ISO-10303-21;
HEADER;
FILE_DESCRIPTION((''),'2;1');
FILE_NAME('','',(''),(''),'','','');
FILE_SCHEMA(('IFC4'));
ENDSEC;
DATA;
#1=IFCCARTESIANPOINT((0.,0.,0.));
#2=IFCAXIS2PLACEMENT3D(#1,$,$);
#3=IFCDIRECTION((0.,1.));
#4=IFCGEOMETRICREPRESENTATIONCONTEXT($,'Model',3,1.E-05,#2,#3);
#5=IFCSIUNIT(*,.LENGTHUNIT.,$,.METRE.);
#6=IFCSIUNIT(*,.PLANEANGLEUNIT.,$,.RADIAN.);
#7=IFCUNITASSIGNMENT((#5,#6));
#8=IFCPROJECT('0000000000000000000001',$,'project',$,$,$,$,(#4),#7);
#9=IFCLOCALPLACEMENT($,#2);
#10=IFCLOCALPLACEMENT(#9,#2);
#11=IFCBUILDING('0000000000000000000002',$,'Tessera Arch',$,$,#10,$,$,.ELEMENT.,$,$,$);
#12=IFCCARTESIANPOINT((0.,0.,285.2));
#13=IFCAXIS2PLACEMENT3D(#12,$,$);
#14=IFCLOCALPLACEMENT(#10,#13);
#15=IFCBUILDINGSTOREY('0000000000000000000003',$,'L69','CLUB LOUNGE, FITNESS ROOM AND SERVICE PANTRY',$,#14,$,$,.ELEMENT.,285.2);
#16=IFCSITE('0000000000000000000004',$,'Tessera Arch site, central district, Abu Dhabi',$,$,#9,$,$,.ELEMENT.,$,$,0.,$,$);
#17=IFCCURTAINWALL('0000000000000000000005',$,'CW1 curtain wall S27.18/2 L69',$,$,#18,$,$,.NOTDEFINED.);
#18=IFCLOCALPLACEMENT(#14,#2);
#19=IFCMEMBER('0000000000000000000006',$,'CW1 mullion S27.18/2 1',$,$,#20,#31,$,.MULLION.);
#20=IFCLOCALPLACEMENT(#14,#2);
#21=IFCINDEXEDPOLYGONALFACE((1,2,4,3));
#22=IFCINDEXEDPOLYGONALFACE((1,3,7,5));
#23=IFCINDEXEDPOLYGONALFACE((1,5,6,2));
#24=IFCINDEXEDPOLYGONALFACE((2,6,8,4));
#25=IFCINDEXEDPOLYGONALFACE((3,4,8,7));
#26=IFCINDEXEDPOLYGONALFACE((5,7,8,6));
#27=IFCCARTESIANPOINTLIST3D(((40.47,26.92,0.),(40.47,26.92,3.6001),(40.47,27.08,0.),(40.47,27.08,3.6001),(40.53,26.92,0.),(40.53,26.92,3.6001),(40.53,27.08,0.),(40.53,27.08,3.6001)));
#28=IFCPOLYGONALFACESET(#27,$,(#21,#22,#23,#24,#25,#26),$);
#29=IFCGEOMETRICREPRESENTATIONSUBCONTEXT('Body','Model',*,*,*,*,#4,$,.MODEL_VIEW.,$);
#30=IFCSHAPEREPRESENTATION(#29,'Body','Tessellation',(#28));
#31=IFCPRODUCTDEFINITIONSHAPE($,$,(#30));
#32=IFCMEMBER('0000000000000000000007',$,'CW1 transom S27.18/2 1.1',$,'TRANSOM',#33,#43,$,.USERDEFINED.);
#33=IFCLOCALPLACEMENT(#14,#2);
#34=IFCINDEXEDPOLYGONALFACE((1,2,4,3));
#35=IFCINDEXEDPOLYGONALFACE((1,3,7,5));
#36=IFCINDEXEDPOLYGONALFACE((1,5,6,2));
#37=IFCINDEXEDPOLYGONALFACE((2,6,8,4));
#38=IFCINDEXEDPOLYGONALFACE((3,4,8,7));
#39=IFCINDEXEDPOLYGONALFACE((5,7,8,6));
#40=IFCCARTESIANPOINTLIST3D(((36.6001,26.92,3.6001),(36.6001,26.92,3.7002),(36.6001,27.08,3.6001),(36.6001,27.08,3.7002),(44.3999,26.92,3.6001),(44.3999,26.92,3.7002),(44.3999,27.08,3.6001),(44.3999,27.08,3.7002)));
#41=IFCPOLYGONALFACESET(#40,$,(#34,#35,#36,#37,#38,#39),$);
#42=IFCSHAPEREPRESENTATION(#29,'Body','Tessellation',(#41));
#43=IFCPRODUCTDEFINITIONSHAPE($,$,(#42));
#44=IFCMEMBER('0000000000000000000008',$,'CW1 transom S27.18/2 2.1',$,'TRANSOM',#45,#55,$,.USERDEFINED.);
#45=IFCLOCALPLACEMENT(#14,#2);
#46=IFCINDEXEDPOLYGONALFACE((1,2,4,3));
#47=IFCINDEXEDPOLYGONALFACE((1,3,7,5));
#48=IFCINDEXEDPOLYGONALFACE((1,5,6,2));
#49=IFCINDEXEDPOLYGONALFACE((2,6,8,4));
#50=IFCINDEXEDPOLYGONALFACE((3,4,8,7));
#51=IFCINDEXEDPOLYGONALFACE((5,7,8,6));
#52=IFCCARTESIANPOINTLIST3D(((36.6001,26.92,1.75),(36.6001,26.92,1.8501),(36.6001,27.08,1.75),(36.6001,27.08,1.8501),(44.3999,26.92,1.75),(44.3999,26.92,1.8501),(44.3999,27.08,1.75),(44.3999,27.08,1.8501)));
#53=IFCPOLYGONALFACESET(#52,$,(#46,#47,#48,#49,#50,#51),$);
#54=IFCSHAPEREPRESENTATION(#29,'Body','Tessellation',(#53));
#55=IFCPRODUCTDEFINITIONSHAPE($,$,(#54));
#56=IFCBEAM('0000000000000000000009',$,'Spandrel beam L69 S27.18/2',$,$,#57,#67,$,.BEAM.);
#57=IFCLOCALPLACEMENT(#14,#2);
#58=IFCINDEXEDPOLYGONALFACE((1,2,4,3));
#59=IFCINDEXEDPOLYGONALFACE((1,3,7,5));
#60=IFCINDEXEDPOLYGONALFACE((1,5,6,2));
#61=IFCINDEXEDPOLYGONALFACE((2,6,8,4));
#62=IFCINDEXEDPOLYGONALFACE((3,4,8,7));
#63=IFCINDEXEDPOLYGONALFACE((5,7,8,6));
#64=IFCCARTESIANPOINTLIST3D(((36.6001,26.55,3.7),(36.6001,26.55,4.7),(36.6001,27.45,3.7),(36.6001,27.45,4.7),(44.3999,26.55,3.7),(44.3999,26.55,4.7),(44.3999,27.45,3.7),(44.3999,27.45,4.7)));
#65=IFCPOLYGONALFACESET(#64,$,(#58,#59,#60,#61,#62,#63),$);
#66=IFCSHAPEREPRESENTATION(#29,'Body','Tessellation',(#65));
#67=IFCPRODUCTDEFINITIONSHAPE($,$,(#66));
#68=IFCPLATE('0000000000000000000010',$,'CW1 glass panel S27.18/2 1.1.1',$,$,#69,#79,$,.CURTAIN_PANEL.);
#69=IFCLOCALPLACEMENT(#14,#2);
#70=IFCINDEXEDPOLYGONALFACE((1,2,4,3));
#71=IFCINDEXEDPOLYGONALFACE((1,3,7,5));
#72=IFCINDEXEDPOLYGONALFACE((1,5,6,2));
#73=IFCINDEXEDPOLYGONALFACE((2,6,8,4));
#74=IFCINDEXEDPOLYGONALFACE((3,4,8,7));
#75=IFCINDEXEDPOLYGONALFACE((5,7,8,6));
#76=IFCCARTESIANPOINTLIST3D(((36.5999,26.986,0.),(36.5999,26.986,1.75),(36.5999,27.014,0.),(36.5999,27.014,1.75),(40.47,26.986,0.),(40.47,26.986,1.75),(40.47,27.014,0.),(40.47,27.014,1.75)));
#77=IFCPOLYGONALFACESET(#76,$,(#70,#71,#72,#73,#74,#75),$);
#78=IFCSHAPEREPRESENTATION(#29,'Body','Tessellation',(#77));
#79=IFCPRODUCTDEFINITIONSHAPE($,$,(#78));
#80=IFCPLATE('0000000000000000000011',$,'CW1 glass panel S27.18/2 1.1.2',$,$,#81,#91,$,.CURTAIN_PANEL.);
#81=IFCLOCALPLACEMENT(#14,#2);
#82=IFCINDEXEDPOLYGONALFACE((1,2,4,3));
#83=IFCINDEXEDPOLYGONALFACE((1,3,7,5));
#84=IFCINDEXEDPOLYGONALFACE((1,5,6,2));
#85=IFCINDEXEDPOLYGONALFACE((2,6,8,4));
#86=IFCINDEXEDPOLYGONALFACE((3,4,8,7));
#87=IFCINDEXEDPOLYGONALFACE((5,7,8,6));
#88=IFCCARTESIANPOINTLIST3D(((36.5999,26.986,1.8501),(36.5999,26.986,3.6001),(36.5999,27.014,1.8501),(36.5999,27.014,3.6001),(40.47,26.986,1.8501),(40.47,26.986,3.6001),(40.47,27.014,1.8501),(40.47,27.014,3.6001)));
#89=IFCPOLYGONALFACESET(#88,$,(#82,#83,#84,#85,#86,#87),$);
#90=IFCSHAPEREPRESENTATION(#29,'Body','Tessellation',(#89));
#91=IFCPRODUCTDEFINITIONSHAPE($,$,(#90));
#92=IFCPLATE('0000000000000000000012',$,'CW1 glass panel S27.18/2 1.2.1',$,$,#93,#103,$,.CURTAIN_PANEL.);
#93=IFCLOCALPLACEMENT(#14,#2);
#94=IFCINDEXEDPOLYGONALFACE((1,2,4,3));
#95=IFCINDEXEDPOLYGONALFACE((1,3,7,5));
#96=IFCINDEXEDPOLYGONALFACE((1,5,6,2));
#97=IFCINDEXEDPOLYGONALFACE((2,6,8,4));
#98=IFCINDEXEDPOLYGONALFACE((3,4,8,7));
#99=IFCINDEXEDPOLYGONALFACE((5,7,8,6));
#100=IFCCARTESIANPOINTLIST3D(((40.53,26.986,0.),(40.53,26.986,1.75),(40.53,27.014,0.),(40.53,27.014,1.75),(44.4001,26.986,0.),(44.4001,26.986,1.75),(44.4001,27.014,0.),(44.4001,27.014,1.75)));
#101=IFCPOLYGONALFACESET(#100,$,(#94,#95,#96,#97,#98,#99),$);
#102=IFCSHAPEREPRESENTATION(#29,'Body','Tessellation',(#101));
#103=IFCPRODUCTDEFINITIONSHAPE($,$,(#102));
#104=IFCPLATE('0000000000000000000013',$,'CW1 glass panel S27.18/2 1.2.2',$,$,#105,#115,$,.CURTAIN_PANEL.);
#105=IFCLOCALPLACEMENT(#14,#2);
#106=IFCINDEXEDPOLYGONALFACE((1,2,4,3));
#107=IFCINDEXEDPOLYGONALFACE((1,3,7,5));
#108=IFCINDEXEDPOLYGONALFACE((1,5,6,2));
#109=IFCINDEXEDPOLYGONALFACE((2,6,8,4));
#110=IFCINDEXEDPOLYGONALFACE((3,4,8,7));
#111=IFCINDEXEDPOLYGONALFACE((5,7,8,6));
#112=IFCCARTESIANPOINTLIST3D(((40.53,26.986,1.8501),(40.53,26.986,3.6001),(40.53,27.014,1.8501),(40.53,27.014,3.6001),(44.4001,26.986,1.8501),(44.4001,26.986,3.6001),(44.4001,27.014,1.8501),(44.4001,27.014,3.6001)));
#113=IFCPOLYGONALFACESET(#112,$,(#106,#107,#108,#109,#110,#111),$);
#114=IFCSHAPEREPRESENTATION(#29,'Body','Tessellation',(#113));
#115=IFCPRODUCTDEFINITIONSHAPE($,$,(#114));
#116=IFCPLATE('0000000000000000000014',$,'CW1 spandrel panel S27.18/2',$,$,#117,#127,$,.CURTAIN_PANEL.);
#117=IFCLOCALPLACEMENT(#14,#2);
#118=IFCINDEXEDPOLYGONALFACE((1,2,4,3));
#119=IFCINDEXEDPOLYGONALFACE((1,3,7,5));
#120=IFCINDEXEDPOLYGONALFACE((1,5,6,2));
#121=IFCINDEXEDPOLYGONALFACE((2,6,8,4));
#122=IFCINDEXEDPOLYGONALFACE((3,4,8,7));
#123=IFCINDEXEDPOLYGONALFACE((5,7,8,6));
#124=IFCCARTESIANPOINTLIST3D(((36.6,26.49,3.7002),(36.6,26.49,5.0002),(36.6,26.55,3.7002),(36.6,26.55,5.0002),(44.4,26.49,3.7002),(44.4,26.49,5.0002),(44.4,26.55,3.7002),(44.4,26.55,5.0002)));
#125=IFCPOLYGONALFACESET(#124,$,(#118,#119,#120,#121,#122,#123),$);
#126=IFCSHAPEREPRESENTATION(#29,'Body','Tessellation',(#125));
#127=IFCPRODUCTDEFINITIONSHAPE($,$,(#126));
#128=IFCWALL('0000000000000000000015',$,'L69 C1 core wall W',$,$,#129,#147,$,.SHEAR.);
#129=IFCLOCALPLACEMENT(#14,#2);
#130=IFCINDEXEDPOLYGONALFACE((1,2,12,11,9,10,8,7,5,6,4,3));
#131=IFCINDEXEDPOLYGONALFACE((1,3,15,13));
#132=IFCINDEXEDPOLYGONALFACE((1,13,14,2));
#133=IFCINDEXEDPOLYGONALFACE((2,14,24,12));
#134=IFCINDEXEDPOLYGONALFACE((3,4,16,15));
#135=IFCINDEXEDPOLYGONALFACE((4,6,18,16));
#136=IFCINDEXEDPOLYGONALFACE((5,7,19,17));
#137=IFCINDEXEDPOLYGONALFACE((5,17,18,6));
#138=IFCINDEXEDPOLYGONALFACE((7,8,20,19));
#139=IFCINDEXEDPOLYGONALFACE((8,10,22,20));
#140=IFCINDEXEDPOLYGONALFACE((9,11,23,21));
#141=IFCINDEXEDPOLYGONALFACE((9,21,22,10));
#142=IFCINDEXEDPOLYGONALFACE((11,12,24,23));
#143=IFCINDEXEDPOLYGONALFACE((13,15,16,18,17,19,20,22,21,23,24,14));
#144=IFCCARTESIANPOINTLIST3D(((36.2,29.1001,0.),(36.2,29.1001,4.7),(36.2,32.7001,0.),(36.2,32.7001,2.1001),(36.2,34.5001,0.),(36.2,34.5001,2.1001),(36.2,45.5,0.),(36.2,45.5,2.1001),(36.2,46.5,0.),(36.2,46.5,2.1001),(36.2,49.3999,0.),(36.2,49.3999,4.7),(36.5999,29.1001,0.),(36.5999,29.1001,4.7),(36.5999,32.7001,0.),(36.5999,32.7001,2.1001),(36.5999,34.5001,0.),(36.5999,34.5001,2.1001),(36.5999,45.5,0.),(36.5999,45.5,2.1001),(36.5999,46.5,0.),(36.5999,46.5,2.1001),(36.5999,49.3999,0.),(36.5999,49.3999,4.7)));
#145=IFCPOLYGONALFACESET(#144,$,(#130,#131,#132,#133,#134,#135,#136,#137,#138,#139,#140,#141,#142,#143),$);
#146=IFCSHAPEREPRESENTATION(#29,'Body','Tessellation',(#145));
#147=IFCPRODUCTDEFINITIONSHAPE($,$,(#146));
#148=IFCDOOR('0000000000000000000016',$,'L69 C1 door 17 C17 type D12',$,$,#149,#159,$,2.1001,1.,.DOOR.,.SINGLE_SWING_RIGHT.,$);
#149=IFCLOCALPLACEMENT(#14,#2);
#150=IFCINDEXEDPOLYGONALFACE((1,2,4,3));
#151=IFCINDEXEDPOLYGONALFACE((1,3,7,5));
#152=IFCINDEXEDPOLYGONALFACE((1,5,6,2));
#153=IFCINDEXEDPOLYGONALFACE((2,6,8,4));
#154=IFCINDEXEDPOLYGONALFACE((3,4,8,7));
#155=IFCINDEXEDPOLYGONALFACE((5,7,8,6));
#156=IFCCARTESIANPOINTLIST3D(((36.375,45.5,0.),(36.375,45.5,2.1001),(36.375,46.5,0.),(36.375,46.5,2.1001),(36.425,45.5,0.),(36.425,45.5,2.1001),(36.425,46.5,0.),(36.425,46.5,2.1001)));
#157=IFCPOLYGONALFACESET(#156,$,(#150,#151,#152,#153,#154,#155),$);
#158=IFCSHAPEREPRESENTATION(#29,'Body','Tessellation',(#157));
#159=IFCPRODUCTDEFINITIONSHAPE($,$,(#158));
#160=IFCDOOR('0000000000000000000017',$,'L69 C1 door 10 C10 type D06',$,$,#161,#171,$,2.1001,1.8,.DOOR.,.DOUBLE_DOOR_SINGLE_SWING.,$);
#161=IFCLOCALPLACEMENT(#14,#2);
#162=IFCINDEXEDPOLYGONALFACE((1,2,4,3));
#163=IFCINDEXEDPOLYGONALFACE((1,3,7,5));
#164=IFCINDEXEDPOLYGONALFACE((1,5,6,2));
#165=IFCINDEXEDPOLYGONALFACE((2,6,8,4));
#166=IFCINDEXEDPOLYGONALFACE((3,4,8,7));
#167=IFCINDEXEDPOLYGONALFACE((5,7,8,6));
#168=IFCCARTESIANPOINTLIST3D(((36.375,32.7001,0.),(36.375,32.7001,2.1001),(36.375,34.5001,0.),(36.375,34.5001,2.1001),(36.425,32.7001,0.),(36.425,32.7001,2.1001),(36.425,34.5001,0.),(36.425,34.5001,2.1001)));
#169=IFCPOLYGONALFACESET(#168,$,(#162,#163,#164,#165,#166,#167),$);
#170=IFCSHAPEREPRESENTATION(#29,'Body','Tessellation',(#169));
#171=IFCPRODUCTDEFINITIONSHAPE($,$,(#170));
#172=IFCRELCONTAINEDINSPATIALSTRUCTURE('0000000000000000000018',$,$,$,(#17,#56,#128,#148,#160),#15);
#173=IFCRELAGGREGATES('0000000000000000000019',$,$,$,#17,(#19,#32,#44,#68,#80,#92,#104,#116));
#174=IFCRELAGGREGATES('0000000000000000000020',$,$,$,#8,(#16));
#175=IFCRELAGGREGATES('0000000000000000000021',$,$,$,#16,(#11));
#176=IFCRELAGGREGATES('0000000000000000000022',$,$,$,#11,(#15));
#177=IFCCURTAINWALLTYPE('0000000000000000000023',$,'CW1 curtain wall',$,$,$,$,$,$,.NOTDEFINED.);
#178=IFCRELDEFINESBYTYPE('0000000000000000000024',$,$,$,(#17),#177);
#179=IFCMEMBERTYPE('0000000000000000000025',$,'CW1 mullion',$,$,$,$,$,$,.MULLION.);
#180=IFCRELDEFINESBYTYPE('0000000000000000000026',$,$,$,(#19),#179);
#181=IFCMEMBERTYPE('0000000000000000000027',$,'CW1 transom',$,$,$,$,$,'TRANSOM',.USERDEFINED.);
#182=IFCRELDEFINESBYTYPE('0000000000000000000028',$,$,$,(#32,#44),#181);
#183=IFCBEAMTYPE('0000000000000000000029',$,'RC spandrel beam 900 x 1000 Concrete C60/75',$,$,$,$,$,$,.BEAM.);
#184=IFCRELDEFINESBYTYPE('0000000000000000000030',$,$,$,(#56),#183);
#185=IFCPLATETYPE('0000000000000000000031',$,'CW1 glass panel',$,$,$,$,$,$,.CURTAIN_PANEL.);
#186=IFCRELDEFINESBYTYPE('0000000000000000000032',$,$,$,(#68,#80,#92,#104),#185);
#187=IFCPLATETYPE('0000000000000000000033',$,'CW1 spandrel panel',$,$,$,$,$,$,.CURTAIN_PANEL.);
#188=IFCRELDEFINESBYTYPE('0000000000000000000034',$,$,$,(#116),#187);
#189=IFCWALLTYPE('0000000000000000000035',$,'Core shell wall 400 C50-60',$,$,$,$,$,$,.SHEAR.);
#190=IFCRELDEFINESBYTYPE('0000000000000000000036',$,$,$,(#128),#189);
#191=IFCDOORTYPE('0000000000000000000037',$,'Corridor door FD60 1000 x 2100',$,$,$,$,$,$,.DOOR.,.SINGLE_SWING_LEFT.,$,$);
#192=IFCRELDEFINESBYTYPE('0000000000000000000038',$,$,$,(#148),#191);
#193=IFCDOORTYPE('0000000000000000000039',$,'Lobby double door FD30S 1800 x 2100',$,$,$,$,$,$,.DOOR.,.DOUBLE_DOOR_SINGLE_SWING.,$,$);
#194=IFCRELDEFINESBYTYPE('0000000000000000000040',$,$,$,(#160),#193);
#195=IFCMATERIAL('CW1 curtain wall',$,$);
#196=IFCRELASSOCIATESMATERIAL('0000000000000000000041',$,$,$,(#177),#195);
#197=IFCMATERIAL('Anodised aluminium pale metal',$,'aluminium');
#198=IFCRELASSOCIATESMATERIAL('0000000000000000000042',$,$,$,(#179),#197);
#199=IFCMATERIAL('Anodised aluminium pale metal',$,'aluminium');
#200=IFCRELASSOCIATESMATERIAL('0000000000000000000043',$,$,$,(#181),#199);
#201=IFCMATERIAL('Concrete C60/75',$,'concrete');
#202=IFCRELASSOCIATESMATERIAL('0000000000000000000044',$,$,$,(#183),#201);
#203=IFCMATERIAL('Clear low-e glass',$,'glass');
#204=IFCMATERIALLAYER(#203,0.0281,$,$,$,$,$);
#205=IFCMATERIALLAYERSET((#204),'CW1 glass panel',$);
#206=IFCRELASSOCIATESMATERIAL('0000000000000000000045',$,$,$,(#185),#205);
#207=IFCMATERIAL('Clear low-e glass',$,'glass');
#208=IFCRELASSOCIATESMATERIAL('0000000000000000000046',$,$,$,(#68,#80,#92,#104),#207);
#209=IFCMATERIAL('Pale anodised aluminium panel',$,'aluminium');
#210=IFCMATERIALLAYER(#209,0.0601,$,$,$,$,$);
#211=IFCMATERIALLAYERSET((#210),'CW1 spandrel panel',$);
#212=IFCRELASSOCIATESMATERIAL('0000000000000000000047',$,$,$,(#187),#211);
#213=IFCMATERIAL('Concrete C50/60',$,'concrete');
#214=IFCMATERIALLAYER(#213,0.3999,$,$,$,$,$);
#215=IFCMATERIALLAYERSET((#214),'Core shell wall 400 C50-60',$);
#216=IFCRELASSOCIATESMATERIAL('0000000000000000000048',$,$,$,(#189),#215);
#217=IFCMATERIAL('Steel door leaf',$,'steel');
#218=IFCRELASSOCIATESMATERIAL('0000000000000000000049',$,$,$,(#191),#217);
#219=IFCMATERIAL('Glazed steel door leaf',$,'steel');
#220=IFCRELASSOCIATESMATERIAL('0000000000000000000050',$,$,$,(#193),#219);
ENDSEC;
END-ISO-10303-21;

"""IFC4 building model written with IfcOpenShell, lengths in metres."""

from ifc_helpers import new_model, si_unit, direction, frame, frame_2d, origin, origin_2d, place, context, subcontext, project, spatial, rectangle, extrude, material, layer, layer_set, material_profile, profile_set, type_object, element, fill, aggregate, save


model = new_model("IFC4")

# Units and contexts
model_context = context("Model", 3, precision=1e-05, world=origin(), true_north=direction((0.0, 1.0)))
body_context = subcontext(model_context, "Body", "Model", "MODEL_VIEW")
ifc_project = project(units=[si_unit("LENGTHUNIT", "METRE"), si_unit("PLANEANGLEUNIT", "RADIAN")], contexts=[model_context])

# Site, building, storey
site_placement = place(None, origin())
site = spatial("IfcSite", under=ifc_project, at=site_placement, Name="Tessera Arch site, central district, Abu Dhabi", CompositionType="ELEMENT", RefElevation=0.0)
building_placement = place(site_placement, origin())
building = spatial("IfcBuilding", under=site, at=building_placement, Name="Tessera Arch", CompositionType="ELEMENT")
storey_placement = place(building_placement, frame((0.0, 0.0, 285.2)))
storey = spatial("IfcBuildingStorey", under=building, at=storey_placement, Name="L69", Description="CLUB LOUNGE, FITNESS ROOM AND SERVICE PANTRY", CompositionType="ELEMENT", Elevation=285.2)

# Curtain wall, members
ifc_material_1 = material(Name="CW1 curtain wall")
curtain_wall_type = type_object("IfcCurtainWallType", Name="CW1 curtain wall", PredefinedType="NOTDEFINED", material=ifc_material_1)
curtain_wall_placement = place(storey_placement, origin())
curtain_wall = element("IfcCurtainWall", 1, at=curtain_wall_placement, inside=storey, type_object=curtain_wall_type, Name="CW1 curtain wall S27.18/2 L69", PredefinedType="NOTDEFINED")
ifc_material_2 = material(Name="Anodised aluminium pale metal", Category="aluminium")
ifc_material_profile_1 = material_profile(ifc_material_2, rectangle(XDim=0.1599, YDim=0.0601, at=origin_2d()), Name="AL 60x160")
ifc_profile_set_1 = profile_set([ifc_material_profile_1], Name="Anodised aluminium pale metal")
member_type_1 = type_object("IfcMemberType", Name="CW1 mullion", PredefinedType="MULLION", material=ifc_profile_set_1)
member_1_placement = place(storey_placement, frame((40.5, 27.0, 0.0), z_axis=(0.0, 0.0, 1.0), x_axis=(0.0, 1.0, 0.0)))
member_1 = element("IfcMember", 2, at=member_1_placement, type_object=member_type_1, Name="CW1 mullion S27.18/2 1", PredefinedType="MULLION", context=body_context, shape_type="SweptSolid", body=[
    extrude(rectangle(XDim=0.1599, YDim=0.0601, at=origin_2d()), origin(), (0.0, 0.0, 1.0), 3.6001),
])
ifc_material_3 = material(Name="Anodised aluminium pale metal", Category="aluminium")
ifc_material_profile_2 = material_profile(ifc_material_3, rectangle(XDim=0.1599, YDim=0.1001, at=origin_2d()), Name="AL 160x100")
ifc_profile_set_2 = profile_set([ifc_material_profile_2], Name="Anodised aluminium pale metal")
member_type_2 = type_object("IfcMemberType", Name="CW1 transom", ElementType="TRANSOM", PredefinedType="USERDEFINED", material=ifc_profile_set_2)
member_2_placement = place(storey_placement, frame((36.6001, 27.0, 3.6501), z_axis=(1.0, 0.0, 0.0), x_axis=(0.0, 1.0, 0.0)))
member_2 = element("IfcMember", 3, at=member_2_placement, type_object=member_type_2, Name="CW1 transom S27.18/2 1.1", ObjectType="TRANSOM", PredefinedType="USERDEFINED", context=body_context, shape_type="SweptSolid", body=[
    extrude(rectangle(XDim=0.1599, YDim=0.1001, at=origin_2d()), origin(), (0.0, 0.0, 1.0), 7.7998),
])
member_3_placement = place(storey_placement, frame((36.6001, 27.0, 1.8), z_axis=(1.0, 0.0, 0.0), x_axis=(0.0, 1.0, 0.0)))
member_3 = element("IfcMember", 4, at=member_3_placement, type_object=member_type_2, Name="CW1 transom S27.18/2 2.1", ObjectType="TRANSOM", PredefinedType="USERDEFINED", context=body_context, shape_type="SweptSolid", body=[
    extrude(rectangle(XDim=0.1599, YDim=0.1001, at=origin_2d()), origin(), (0.0, 0.0, 1.0), 7.7998),
])

# Beam
ifc_material_4 = material(Name="Concrete C60/75", Category="concrete")
ifc_material_profile_3 = material_profile(ifc_material_4, rectangle(XDim=0.8999, YDim=1.0, at=origin_2d()), Name="RC spandrel beam 900 x 1000 Concrete C60/75")
ifc_profile_set_3 = profile_set([ifc_material_profile_3], Name="Concrete C60/75")
beam_type = type_object("IfcBeamType", Name="RC spandrel beam 900 x 1000 Concrete C60/75", PredefinedType="BEAM", material=ifc_profile_set_3)
beam_placement = place(storey_placement, frame((36.6001, 27.0, 4.2), z_axis=(1.0, 0.0, 0.0), x_axis=(0.0, 1.0, 0.0)))
element("IfcBeam", 5, at=beam_placement, inside=storey, type_object=beam_type, Name="Spandrel beam L69 S27.18/2", PredefinedType="BEAM", context=body_context, shape_type="SweptSolid", body=[
    extrude(rectangle(XDim=0.8999, YDim=1.0, at=origin_2d()), origin(), (0.0, 0.0, 1.0), 7.7998),
])

# Plates
ifc_material_5 = material(Name="Clear low-e glass", Category="glass")
ifc_material_6 = material(Name="Clear low-e glass", Category="glass")
ifc_layer_1 = layer(ifc_material_6, 0.0281)
ifc_layer_set_1 = layer_set([ifc_layer_1], Name="CW1 glass panel")
plate_type_1 = type_object("IfcPlateType", Name="CW1 glass panel", PredefinedType="CURTAIN_PANEL", material=ifc_layer_set_1)
plate_1_placement = place(storey_placement, frame((38.5349, 27.0, 0.0), z_axis=(0.0, 0.0, 1.0), x_axis=(1.0, 0.0, 0.0)))
plate_1 = element("IfcPlate", 6, at=plate_1_placement, type_object=plate_type_1, material=ifc_material_5, Name="CW1 glass panel S27.18/2 1.1.1", PredefinedType="CURTAIN_PANEL", context=body_context, shape_type="SweptSolid", body=[
    extrude(rectangle(XDim=3.8701, YDim=0.0281, at=origin_2d()), origin(), (0.0, 0.0, 1.0), 1.75),
])
plate_2_placement = place(storey_placement, frame((38.5349, 27.0, 1.8501), z_axis=(0.0, 0.0, 1.0), x_axis=(1.0, 0.0, 0.0)))
plate_2 = element("IfcPlate", 7, at=plate_2_placement, type_object=plate_type_1, material=ifc_material_5, Name="CW1 glass panel S27.18/2 1.1.2", PredefinedType="CURTAIN_PANEL", context=body_context, shape_type="SweptSolid", body=[
    extrude(rectangle(XDim=3.8701, YDim=0.0281, at=origin_2d()), origin(), (0.0, 0.0, 1.0), 1.75),
])
plate_3_placement = place(storey_placement, frame((42.4651, 27.0, 0.0), z_axis=(0.0, 0.0, 1.0), x_axis=(1.0, 0.0, 0.0)))
plate_3 = element("IfcPlate", 8, at=plate_3_placement, type_object=plate_type_1, material=ifc_material_5, Name="CW1 glass panel S27.18/2 1.2.1", PredefinedType="CURTAIN_PANEL", context=body_context, shape_type="SweptSolid", body=[
    extrude(rectangle(XDim=3.8701, YDim=0.0281, at=origin_2d()), origin(), (0.0, 0.0, 1.0), 1.75),
])
plate_4_placement = place(storey_placement, frame((42.4651, 27.0, 1.8501), z_axis=(0.0, 0.0, 1.0), x_axis=(1.0, 0.0, 0.0)))
plate_4 = element("IfcPlate", 9, at=plate_4_placement, type_object=plate_type_1, material=ifc_material_5, Name="CW1 glass panel S27.18/2 1.2.2", PredefinedType="CURTAIN_PANEL", context=body_context, shape_type="SweptSolid", body=[
    extrude(rectangle(XDim=3.8701, YDim=0.0281, at=origin_2d()), origin(), (0.0, 0.0, 1.0), 1.75),
])
ifc_material_7 = material(Name="Pale anodised aluminium panel", Category="aluminium")
ifc_layer_2 = layer(ifc_material_7, 0.0601)
ifc_layer_set_2 = layer_set([ifc_layer_2], Name="CW1 spandrel panel")
plate_type_2 = type_object("IfcPlateType", Name="CW1 spandrel panel", PredefinedType="CURTAIN_PANEL", material=ifc_layer_set_2)
plate_5_placement = place(storey_placement, frame((40.5, 26.52, 3.7002), z_axis=(0.0, 0.0, 1.0), x_axis=(1.0, 0.0, 0.0)))
plate_5 = element("IfcPlate", 10, at=plate_5_placement, type_object=plate_type_2, Name="CW1 spandrel panel S27.18/2", PredefinedType="CURTAIN_PANEL", context=body_context, shape_type="SweptSolid", body=[
    extrude(rectangle(XDim=7.8, YDim=0.0601, at=origin_2d()), origin(), (0.0, 0.0, 1.0), 1.3),
])
aggregate(curtain_wall, [member_1, member_2, member_3, plate_1, plate_2, plate_3, plate_4, plate_5])

# Wall, openings, doors
ifc_material_8 = material(Name="Concrete C50/60", Category="concrete")
ifc_layer_3 = layer(ifc_material_8, 0.3999)
ifc_layer_set_3 = layer_set([ifc_layer_3], Name="Core shell wall 400 C50-60")
wall_type_1 = type_object("IfcWallType", Name="Core shell wall 400 C50-60", PredefinedType="SHEAR", material=ifc_layer_set_3)
wall_1_placement = place(storey_placement, frame((36.3999, 29.1001, 0.0), z_axis=(0.0, 0.0, 1.0), x_axis=(0.0, 1.0, 0.0)))
wall_1 = element("IfcWall", 11, at=wall_1_placement, inside=storey, type_object=wall_type_1, Name="L69 C1 core wall W", PredefinedType="SHEAR", context=body_context, shape_type="SweptSolid", body=[
    extrude(rectangle(XDim=20.2998, YDim=0.3999, at=frame_2d((10.1499, 0.0))), origin(), (0.0, 0.0, 1.0), 4.7),
])
opening_1_placement = place(wall_1_placement, frame((3.6001, 0.0, 0.0)))
opening_1 = element("IfcOpeningElement", 12, at=opening_1_placement, cuts=wall_1, PredefinedType="OPENING", context=body_context, shape_type="SweptSolid", body=[
    extrude(rectangle(XDim=1.8, YDim=2.1001, at=frame_2d((0.8999, 1.05))), frame((0.0, 0.21, 0.0), z_axis=(0.0, -1.0, 0.0), x_axis=(1.0, 0.0, 0.0)), (0.0, 0.0, 1.0), 0.4199),
])
opening_2_placement = place(wall_1_placement, frame((16.3999, 0.0, 0.0)))
opening_2 = element("IfcOpeningElement", 13, at=opening_2_placement, cuts=wall_1, PredefinedType="OPENING", context=body_context, shape_type="SweptSolid", body=[
    extrude(rectangle(XDim=1.0, YDim=2.1001, at=frame_2d((0.5, 1.05))), frame((0.0, 0.21, 0.0), z_axis=(0.0, -1.0, 0.0), x_axis=(1.0, 0.0, 0.0)), (0.0, 0.0, 1.0), 0.4199),
])
ifc_material_9 = material(Name="Steel door leaf", Category="steel")
door_type_1 = type_object("IfcDoorType", Name="Corridor door FD60 1000 x 2100", OperationType="SINGLE_SWING_LEFT", PredefinedType="DOOR", material=ifc_material_9)
door_1_placement = place(opening_2_placement, origin())
door_1 = element("IfcDoor", 14, at=door_1_placement, inside=storey, type_object=door_type_1, Name="L69 C1 door 17 C17 type D12", OperationType="SINGLE_SWING_RIGHT", OverallHeight=2.1001, OverallWidth=1.0, PredefinedType="DOOR", context=body_context, shape_type="SweptSolid", body=[
    extrude(rectangle(XDim=1.0, YDim=2.1001, at=frame_2d((0.5, 1.05))), frame((0.0, 0.0249, 0.0), z_axis=(0.0, -1.0, 0.0), x_axis=(1.0, 0.0, 0.0)), (0.0, 0.0, 1.0), 0.05),
])
fill(opening_2, door_1)
ifc_material_10 = material(Name="Glazed steel door leaf", Category="steel")
door_type_2 = type_object("IfcDoorType", Name="Lobby double door FD30S 1800 x 2100", OperationType="DOUBLE_DOOR_SINGLE_SWING", PredefinedType="DOOR", material=ifc_material_10)
door_2_placement = place(opening_1_placement, origin())
door_2 = element("IfcDoor", 15, at=door_2_placement, inside=storey, type_object=door_type_2, Name="L69 C1 door 10 C10 type D06", OperationType="DOUBLE_DOOR_SINGLE_SWING", OverallHeight=2.1001, OverallWidth=1.8, PredefinedType="DOOR", context=body_context, shape_type="SweptSolid", body=[
    extrude(rectangle(XDim=1.8, YDim=2.1001, at=frame_2d((0.8999, 1.05))), frame((0.0, 0.0249, 0.0), z_axis=(0.0, -1.0, 0.0), x_axis=(1.0, 0.0, 0.0)), (0.0, 0.0, 1.0), 0.05),
])
fill(opening_1, door_2)

save(model, "model.ifc")
